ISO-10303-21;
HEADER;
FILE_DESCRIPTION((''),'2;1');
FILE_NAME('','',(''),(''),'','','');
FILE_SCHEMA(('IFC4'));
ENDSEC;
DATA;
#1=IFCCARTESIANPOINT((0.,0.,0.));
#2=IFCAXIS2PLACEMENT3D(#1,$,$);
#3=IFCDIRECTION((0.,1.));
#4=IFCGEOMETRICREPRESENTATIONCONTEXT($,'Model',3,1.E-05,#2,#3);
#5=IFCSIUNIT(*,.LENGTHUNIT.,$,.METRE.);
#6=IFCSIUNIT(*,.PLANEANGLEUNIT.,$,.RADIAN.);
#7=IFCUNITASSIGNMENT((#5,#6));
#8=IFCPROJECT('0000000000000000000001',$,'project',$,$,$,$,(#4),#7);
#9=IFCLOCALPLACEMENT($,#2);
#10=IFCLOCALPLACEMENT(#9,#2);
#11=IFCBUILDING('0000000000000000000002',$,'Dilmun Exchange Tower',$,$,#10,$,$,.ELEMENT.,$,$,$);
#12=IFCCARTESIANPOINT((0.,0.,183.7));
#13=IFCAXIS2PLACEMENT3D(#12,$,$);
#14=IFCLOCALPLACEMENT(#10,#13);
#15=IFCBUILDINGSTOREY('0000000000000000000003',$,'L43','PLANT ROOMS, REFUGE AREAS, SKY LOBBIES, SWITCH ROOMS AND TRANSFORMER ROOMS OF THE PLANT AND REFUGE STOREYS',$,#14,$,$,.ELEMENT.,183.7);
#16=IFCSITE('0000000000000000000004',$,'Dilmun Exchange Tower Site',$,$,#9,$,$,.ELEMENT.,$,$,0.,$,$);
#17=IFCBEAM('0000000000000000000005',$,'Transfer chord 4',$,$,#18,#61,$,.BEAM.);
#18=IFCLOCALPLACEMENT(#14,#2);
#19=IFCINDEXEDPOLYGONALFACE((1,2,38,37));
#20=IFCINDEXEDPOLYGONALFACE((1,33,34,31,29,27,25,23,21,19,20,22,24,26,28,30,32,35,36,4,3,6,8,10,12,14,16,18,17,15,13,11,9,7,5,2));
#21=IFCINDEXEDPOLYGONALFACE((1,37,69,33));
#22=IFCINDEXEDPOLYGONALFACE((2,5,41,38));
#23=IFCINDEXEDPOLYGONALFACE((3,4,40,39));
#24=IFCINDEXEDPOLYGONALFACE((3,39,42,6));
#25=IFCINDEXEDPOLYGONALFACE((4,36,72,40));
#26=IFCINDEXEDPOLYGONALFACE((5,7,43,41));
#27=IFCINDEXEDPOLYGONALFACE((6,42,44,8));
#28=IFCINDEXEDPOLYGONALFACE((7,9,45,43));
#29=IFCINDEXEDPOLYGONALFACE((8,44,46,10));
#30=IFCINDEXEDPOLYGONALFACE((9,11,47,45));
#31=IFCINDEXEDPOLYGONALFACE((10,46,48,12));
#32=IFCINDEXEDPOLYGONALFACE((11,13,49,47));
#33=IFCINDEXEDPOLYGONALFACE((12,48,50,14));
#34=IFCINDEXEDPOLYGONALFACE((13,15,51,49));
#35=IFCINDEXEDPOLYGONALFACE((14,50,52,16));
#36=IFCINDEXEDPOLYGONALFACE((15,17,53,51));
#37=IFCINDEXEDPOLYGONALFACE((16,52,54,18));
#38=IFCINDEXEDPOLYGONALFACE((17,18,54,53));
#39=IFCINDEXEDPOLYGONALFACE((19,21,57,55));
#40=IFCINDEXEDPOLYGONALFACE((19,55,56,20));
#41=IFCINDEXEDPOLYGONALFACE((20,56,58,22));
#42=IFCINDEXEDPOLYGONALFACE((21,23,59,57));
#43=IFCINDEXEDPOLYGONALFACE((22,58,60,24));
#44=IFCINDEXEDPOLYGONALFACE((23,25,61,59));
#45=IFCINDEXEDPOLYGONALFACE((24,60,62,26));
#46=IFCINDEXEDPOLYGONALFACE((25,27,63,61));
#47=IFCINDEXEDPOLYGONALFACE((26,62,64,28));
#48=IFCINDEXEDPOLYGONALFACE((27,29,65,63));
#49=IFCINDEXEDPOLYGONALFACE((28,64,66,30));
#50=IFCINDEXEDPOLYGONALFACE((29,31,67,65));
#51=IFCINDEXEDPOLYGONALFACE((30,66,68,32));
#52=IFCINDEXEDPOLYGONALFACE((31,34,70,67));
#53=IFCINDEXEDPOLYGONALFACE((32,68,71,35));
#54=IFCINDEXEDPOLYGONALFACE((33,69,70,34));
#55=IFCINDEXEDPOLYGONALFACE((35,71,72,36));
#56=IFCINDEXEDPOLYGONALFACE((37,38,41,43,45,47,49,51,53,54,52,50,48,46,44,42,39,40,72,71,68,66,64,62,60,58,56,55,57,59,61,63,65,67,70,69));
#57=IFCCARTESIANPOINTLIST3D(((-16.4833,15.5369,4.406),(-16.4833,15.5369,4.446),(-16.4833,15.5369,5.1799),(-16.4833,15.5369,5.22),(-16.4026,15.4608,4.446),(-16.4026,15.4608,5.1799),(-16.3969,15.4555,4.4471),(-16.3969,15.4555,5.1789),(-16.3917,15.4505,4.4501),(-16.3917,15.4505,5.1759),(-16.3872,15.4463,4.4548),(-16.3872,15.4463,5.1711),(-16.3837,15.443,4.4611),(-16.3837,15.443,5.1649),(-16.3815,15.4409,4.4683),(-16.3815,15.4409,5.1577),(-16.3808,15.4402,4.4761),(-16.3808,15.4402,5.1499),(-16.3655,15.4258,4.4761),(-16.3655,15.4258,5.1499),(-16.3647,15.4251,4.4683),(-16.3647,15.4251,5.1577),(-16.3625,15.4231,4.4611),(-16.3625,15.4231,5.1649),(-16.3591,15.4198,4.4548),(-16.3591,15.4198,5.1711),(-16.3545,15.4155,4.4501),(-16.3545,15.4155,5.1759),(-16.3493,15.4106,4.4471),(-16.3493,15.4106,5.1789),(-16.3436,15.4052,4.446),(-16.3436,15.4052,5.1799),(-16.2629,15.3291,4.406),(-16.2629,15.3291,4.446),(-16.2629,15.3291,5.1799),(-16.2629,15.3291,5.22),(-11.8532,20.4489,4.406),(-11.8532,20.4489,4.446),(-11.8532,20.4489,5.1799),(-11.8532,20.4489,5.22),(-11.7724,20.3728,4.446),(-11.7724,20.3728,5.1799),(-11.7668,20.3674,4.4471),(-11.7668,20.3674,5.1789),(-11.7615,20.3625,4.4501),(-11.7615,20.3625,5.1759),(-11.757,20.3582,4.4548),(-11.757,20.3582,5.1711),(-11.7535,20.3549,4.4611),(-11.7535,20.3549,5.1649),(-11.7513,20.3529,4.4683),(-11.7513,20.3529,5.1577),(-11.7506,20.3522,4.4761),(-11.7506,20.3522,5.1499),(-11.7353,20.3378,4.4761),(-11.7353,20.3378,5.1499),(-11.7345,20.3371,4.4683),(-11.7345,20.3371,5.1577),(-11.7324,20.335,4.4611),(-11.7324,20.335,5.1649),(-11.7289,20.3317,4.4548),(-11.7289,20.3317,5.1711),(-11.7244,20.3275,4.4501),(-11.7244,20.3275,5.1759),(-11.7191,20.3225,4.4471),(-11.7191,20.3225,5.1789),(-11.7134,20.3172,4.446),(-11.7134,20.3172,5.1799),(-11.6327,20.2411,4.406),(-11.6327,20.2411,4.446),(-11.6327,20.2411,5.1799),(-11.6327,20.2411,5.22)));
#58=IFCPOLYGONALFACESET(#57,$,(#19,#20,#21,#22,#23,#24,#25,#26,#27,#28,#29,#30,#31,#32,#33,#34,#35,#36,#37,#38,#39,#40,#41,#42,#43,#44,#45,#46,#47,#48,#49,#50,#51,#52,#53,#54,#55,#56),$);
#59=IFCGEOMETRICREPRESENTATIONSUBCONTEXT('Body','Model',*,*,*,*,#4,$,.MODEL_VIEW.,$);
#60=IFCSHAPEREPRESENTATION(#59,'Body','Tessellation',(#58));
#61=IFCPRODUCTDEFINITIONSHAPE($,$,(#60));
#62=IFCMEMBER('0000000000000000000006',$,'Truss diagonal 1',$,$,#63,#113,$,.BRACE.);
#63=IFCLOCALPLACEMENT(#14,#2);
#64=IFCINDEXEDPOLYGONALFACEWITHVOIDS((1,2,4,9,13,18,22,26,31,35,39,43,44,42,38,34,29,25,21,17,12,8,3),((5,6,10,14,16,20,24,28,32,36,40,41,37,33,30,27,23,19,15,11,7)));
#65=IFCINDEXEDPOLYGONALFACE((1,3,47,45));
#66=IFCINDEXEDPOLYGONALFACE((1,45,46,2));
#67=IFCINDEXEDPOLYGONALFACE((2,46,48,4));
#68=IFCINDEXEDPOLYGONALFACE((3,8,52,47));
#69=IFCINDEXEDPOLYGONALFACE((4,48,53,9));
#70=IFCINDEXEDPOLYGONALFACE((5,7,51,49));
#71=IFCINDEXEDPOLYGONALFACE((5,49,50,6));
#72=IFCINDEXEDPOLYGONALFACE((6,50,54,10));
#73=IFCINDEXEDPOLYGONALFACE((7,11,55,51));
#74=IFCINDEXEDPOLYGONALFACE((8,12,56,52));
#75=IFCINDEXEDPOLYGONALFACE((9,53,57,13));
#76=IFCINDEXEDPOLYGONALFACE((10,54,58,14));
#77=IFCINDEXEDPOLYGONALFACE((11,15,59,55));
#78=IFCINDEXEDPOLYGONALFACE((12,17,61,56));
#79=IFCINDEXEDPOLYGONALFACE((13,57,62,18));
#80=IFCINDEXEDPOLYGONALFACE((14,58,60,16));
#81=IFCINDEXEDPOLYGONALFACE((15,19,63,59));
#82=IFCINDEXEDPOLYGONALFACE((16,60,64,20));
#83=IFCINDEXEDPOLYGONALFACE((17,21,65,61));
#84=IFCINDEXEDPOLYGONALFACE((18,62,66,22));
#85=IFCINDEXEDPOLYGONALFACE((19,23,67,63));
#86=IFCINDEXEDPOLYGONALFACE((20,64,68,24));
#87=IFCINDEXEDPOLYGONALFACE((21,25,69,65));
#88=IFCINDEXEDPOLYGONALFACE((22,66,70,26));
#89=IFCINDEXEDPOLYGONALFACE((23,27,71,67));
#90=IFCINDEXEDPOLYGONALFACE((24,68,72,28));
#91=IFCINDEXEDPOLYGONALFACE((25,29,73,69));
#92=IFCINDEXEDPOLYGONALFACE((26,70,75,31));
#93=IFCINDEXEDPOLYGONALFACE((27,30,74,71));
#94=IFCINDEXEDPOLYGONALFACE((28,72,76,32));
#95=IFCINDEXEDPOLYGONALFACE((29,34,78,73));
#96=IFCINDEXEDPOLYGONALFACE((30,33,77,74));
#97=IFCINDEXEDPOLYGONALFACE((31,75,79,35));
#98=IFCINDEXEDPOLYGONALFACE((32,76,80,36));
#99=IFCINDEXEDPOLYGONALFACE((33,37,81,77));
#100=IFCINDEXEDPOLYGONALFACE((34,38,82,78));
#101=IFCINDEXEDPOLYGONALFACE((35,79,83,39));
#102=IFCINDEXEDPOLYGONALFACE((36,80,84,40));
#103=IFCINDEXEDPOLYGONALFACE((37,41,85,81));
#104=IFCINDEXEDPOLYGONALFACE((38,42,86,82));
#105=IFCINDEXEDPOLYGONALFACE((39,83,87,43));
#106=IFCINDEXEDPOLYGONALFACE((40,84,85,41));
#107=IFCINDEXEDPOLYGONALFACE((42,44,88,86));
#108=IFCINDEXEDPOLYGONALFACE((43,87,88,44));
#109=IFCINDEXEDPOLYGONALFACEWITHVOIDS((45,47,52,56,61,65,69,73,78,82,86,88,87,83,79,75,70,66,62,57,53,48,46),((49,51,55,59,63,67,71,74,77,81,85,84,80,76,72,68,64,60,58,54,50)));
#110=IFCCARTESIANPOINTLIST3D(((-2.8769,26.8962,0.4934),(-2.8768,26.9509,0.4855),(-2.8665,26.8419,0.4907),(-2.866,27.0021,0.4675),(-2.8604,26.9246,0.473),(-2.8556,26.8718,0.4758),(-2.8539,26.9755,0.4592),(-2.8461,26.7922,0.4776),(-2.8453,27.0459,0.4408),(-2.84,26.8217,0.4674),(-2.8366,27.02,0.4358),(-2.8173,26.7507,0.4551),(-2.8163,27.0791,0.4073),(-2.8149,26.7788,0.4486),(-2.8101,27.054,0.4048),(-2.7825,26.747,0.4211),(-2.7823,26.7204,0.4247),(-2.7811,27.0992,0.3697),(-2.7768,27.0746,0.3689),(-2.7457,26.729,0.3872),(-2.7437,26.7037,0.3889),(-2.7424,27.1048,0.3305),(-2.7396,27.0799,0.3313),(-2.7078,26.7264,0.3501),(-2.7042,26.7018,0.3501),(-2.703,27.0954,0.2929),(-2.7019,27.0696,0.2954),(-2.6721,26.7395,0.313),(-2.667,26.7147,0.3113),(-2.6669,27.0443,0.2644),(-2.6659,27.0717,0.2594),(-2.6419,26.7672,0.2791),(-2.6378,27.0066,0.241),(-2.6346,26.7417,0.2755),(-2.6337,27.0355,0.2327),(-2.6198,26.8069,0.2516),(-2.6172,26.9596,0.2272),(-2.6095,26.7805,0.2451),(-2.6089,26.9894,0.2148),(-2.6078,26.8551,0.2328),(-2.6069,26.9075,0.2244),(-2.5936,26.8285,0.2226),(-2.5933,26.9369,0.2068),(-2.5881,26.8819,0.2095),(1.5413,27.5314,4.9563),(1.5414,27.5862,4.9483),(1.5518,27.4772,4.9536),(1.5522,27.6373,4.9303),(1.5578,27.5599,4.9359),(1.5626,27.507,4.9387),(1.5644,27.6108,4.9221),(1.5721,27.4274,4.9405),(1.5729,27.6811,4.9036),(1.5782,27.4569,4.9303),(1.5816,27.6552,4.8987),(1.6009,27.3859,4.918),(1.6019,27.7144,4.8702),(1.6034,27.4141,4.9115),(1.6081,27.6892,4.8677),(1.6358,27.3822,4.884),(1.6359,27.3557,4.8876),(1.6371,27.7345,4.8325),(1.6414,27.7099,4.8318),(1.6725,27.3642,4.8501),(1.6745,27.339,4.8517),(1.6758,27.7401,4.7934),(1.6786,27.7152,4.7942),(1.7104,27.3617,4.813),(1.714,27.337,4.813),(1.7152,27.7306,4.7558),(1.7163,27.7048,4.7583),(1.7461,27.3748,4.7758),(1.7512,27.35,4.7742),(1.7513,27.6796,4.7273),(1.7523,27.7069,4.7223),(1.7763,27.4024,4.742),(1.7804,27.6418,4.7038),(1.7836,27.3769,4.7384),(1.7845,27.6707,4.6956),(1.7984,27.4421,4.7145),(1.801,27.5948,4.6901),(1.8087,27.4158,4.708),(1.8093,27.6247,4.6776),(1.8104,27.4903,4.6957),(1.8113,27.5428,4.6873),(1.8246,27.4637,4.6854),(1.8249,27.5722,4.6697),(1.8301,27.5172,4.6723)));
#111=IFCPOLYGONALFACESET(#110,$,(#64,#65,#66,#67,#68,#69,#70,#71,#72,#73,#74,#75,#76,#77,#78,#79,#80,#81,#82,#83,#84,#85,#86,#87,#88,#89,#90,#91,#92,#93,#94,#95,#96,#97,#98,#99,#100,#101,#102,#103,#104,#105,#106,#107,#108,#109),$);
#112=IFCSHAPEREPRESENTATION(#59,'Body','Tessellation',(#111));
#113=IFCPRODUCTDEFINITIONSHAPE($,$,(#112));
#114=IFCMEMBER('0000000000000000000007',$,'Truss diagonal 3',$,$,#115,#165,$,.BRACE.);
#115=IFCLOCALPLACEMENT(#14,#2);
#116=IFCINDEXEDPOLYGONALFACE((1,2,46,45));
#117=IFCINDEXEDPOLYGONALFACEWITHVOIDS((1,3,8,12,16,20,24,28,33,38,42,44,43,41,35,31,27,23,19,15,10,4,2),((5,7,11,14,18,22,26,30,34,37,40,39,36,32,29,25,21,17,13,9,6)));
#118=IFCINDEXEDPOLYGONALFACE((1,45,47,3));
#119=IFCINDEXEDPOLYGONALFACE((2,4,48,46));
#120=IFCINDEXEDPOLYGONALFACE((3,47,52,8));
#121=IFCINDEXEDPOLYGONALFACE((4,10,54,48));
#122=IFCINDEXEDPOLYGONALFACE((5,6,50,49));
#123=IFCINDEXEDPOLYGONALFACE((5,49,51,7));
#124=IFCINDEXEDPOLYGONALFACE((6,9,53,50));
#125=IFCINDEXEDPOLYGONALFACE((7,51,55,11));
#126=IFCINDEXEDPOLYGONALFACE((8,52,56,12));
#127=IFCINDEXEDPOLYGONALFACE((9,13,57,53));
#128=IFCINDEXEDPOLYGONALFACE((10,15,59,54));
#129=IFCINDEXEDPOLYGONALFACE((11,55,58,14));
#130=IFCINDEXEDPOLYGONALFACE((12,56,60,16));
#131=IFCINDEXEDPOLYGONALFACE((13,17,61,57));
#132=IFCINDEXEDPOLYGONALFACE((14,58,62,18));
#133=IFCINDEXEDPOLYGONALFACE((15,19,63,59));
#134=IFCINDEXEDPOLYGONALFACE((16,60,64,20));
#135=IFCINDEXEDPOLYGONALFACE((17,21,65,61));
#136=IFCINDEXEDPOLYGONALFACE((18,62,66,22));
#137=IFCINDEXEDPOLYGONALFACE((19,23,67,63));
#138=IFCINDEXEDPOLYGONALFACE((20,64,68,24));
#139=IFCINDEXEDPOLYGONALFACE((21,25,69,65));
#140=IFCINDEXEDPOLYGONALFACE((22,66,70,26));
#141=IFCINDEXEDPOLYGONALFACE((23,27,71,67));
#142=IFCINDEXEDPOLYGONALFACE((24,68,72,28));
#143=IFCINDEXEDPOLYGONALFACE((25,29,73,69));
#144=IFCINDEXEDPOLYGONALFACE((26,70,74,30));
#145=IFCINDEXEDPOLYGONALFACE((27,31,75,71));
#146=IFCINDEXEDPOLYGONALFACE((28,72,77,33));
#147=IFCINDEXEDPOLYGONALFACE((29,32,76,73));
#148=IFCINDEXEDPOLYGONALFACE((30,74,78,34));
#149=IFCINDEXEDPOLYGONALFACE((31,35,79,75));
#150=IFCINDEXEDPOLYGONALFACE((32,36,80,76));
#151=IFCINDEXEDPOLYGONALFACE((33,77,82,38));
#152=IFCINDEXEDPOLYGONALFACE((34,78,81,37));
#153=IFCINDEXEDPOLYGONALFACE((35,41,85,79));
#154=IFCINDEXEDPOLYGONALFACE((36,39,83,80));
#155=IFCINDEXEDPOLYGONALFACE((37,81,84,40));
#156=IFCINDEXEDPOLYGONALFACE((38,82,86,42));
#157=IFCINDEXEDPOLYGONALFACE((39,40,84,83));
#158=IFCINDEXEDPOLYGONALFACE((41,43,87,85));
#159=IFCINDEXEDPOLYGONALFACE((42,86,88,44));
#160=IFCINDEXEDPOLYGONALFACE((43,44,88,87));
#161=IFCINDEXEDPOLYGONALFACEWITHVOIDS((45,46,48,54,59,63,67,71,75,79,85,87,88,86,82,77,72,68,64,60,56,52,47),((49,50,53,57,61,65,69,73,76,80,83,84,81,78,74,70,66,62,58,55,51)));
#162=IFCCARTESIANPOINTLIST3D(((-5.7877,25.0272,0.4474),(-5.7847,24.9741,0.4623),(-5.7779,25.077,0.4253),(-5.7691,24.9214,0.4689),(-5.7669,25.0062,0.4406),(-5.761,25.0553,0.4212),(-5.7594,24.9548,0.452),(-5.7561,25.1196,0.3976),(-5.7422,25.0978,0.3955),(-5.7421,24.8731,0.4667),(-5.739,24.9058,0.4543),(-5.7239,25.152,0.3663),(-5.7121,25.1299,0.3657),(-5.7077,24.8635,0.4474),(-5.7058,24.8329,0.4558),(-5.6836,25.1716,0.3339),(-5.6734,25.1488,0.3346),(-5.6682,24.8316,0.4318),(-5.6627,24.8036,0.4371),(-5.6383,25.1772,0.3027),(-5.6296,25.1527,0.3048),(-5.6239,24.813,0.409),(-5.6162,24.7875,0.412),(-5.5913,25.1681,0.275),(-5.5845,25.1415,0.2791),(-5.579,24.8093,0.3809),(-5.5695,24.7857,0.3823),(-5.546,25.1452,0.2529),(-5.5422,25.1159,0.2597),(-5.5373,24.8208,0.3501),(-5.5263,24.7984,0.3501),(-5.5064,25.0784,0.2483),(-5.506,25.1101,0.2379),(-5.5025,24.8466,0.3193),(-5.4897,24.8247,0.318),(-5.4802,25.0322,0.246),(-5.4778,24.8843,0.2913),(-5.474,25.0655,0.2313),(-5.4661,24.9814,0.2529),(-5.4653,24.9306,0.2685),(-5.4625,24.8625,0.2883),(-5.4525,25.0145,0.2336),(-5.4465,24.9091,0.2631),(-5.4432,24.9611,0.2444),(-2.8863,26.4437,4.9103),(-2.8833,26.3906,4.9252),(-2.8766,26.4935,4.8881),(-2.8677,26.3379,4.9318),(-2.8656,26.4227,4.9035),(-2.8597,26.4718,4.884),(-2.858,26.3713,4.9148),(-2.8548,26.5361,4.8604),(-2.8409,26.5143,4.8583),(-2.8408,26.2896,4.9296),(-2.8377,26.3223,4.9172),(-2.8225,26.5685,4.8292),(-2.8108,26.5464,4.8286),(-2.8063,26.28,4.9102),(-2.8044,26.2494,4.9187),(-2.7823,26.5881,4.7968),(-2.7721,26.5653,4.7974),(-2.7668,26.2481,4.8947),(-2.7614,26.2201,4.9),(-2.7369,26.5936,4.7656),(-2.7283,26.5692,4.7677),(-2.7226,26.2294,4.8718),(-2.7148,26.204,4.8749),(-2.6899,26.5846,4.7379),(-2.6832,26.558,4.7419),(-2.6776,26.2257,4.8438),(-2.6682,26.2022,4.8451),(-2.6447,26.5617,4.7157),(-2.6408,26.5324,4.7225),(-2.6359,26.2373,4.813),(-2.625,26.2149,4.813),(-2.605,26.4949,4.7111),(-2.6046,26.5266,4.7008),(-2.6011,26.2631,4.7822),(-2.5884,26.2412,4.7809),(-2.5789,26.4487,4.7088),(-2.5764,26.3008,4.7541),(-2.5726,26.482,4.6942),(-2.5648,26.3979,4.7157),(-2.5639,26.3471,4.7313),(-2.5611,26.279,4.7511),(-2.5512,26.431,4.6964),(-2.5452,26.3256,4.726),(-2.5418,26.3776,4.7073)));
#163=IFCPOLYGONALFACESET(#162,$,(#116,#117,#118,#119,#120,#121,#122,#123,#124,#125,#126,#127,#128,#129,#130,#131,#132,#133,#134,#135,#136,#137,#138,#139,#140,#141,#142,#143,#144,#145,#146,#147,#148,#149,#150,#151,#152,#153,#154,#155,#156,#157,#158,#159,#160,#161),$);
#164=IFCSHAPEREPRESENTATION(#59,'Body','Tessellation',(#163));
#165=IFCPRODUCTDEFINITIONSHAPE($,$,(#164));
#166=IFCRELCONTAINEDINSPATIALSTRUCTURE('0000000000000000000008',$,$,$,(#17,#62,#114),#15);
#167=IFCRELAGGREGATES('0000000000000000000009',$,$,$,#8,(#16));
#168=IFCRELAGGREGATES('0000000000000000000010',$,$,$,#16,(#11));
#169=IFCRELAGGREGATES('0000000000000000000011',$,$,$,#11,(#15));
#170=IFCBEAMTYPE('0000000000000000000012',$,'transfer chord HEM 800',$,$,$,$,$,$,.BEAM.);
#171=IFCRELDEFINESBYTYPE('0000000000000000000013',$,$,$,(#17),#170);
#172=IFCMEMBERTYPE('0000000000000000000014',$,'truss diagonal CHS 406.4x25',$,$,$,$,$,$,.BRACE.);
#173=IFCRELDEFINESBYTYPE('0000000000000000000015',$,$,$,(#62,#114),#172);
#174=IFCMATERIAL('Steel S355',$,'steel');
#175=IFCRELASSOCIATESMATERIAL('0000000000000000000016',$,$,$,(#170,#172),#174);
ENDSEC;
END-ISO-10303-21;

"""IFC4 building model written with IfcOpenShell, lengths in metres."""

from ifc_helpers import new_model, si_unit, direction, frame, origin, origin_2d, place, context, subcontext, project, spatial, hollow_circle, i_section, extrude, material, material_profile, profile_set, type_object, element, save


model = new_model("IFC4")

# Units and contexts
model_context = context("Model", 3, precision=1e-05, world=origin(), true_north=direction((0.0, 1.0)))
body_context = subcontext(model_context, "Body", "Model", "MODEL_VIEW")
ifc_project = project(units=[si_unit("LENGTHUNIT", "METRE"), si_unit("PLANEANGLEUNIT", "RADIAN")], contexts=[model_context])

# Site, building, storey
site_placement = place(None, origin())
site = spatial("IfcSite", under=ifc_project, at=site_placement, Name="Dilmun Exchange Tower Site", CompositionType="ELEMENT", RefElevation=0.0)
building_placement = place(site_placement, origin())
building = spatial("IfcBuilding", under=site, at=building_placement, Name="Dilmun Exchange Tower", CompositionType="ELEMENT")
storey_placement = place(building_placement, frame((0.0, 0.0, 183.7)))
storey = spatial("IfcBuildingStorey", under=building, at=storey_placement, Name="L43", Description="PLANT ROOMS, REFUGE AREAS, SKY LOBBIES, SWITCH ROOMS AND TRANSFORMER ROOMS OF THE PLANT AND REFUGE STOREYS", CompositionType="ELEMENT", Elevation=183.7)

# Beam
ifc_material_1 = material(Name="Steel S355", Category="steel")
ifc_material_profile_1 = material_profile(ifc_material_1, i_section(OverallWidth=0.303, OverallDepth=0.814, WebThickness=0.021, FlangeThickness=0.04, FilletRadius=0.03, at=origin_2d()), Name="HEM 800")
ifc_profile_set_1 = profile_set([ifc_material_profile_1], Name="Steel S355")
beam_type_1 = type_object("IfcBeamType", Name="transfer chord HEM 800", PredefinedType="BEAM", material=ifc_profile_set_1)
for number, where, z_axis, x_axis, name in (
    (1, (-11.7429, 20.345, 4.813), (-0.68593, -0.727668, 0.0), (0.727668, -0.68593, 0.0), "Transfer chord 4"),
):
    element("IfcBeam", number, at=place(storey_placement, frame(where, z_axis=z_axis, x_axis=x_axis)), inside=storey, type_object=beam_type_1, Name=name, PredefinedType="BEAM", context=body_context, shape_type="SweptSolid", body=[
        extrude(i_section(OverallWidth=0.303, OverallDepth=0.814, WebThickness=0.021, FlangeThickness=0.04, FilletRadius=0.03, at=origin_2d()), origin(), (0.0, 0.0, 1.0), 6.7502),
    ])

# Members
ifc_material_profile_2 = material_profile(ifc_material_1, hollow_circle(Radius=0.2031, WallThickness=0.0249, at=origin_2d()), Name="CHS 406.4x25")
ifc_profile_set_2 = profile_set([ifc_material_profile_2], Name="Steel S355")
member_type_1 = type_object("IfcMemberType", Name="truss diagonal CHS 406.4x25", PredefinedType="BRACE", material=ifc_profile_set_2)
member_1_placement = place(storey_placement, frame((1.6851, 27.5381, 4.813), z_axis=(-0.699969, -0.100642, -0.707047), x_axis=(0.142317, -0.989821, 0.0)))
element("IfcMember", 2, at=member_1_placement, inside=storey, type_object=member_type_1, Name="Truss diagonal 1", PredefinedType="BRACE", context=body_context, shape_type="SweptSolid", body=[
    extrude(hollow_circle(Radius=0.2031, WallThickness=0.0249, at=origin_2d()), origin(), (0.0, 0.0, 1.0), 6.312),
])
member_2_placement = place(storey_placement, frame((-2.7141, 26.3975, 4.813), z_axis=(-0.526723, -0.257156, -0.810206), x_axis=(0.438725, -0.898622, 0.0)))
element("IfcMember", 3, at=member_2_placement, inside=storey, type_object=member_type_1, Name="Truss diagonal 3", PredefinedType="BRACE", context=body_context, shape_type="SweptSolid", body=[
    extrude(hollow_circle(Radius=0.2031, WallThickness=0.0249, at=origin_2d()), origin(), (0.0, 0.0, 1.0), 5.5083),
])

save(model, "model.ifc")
